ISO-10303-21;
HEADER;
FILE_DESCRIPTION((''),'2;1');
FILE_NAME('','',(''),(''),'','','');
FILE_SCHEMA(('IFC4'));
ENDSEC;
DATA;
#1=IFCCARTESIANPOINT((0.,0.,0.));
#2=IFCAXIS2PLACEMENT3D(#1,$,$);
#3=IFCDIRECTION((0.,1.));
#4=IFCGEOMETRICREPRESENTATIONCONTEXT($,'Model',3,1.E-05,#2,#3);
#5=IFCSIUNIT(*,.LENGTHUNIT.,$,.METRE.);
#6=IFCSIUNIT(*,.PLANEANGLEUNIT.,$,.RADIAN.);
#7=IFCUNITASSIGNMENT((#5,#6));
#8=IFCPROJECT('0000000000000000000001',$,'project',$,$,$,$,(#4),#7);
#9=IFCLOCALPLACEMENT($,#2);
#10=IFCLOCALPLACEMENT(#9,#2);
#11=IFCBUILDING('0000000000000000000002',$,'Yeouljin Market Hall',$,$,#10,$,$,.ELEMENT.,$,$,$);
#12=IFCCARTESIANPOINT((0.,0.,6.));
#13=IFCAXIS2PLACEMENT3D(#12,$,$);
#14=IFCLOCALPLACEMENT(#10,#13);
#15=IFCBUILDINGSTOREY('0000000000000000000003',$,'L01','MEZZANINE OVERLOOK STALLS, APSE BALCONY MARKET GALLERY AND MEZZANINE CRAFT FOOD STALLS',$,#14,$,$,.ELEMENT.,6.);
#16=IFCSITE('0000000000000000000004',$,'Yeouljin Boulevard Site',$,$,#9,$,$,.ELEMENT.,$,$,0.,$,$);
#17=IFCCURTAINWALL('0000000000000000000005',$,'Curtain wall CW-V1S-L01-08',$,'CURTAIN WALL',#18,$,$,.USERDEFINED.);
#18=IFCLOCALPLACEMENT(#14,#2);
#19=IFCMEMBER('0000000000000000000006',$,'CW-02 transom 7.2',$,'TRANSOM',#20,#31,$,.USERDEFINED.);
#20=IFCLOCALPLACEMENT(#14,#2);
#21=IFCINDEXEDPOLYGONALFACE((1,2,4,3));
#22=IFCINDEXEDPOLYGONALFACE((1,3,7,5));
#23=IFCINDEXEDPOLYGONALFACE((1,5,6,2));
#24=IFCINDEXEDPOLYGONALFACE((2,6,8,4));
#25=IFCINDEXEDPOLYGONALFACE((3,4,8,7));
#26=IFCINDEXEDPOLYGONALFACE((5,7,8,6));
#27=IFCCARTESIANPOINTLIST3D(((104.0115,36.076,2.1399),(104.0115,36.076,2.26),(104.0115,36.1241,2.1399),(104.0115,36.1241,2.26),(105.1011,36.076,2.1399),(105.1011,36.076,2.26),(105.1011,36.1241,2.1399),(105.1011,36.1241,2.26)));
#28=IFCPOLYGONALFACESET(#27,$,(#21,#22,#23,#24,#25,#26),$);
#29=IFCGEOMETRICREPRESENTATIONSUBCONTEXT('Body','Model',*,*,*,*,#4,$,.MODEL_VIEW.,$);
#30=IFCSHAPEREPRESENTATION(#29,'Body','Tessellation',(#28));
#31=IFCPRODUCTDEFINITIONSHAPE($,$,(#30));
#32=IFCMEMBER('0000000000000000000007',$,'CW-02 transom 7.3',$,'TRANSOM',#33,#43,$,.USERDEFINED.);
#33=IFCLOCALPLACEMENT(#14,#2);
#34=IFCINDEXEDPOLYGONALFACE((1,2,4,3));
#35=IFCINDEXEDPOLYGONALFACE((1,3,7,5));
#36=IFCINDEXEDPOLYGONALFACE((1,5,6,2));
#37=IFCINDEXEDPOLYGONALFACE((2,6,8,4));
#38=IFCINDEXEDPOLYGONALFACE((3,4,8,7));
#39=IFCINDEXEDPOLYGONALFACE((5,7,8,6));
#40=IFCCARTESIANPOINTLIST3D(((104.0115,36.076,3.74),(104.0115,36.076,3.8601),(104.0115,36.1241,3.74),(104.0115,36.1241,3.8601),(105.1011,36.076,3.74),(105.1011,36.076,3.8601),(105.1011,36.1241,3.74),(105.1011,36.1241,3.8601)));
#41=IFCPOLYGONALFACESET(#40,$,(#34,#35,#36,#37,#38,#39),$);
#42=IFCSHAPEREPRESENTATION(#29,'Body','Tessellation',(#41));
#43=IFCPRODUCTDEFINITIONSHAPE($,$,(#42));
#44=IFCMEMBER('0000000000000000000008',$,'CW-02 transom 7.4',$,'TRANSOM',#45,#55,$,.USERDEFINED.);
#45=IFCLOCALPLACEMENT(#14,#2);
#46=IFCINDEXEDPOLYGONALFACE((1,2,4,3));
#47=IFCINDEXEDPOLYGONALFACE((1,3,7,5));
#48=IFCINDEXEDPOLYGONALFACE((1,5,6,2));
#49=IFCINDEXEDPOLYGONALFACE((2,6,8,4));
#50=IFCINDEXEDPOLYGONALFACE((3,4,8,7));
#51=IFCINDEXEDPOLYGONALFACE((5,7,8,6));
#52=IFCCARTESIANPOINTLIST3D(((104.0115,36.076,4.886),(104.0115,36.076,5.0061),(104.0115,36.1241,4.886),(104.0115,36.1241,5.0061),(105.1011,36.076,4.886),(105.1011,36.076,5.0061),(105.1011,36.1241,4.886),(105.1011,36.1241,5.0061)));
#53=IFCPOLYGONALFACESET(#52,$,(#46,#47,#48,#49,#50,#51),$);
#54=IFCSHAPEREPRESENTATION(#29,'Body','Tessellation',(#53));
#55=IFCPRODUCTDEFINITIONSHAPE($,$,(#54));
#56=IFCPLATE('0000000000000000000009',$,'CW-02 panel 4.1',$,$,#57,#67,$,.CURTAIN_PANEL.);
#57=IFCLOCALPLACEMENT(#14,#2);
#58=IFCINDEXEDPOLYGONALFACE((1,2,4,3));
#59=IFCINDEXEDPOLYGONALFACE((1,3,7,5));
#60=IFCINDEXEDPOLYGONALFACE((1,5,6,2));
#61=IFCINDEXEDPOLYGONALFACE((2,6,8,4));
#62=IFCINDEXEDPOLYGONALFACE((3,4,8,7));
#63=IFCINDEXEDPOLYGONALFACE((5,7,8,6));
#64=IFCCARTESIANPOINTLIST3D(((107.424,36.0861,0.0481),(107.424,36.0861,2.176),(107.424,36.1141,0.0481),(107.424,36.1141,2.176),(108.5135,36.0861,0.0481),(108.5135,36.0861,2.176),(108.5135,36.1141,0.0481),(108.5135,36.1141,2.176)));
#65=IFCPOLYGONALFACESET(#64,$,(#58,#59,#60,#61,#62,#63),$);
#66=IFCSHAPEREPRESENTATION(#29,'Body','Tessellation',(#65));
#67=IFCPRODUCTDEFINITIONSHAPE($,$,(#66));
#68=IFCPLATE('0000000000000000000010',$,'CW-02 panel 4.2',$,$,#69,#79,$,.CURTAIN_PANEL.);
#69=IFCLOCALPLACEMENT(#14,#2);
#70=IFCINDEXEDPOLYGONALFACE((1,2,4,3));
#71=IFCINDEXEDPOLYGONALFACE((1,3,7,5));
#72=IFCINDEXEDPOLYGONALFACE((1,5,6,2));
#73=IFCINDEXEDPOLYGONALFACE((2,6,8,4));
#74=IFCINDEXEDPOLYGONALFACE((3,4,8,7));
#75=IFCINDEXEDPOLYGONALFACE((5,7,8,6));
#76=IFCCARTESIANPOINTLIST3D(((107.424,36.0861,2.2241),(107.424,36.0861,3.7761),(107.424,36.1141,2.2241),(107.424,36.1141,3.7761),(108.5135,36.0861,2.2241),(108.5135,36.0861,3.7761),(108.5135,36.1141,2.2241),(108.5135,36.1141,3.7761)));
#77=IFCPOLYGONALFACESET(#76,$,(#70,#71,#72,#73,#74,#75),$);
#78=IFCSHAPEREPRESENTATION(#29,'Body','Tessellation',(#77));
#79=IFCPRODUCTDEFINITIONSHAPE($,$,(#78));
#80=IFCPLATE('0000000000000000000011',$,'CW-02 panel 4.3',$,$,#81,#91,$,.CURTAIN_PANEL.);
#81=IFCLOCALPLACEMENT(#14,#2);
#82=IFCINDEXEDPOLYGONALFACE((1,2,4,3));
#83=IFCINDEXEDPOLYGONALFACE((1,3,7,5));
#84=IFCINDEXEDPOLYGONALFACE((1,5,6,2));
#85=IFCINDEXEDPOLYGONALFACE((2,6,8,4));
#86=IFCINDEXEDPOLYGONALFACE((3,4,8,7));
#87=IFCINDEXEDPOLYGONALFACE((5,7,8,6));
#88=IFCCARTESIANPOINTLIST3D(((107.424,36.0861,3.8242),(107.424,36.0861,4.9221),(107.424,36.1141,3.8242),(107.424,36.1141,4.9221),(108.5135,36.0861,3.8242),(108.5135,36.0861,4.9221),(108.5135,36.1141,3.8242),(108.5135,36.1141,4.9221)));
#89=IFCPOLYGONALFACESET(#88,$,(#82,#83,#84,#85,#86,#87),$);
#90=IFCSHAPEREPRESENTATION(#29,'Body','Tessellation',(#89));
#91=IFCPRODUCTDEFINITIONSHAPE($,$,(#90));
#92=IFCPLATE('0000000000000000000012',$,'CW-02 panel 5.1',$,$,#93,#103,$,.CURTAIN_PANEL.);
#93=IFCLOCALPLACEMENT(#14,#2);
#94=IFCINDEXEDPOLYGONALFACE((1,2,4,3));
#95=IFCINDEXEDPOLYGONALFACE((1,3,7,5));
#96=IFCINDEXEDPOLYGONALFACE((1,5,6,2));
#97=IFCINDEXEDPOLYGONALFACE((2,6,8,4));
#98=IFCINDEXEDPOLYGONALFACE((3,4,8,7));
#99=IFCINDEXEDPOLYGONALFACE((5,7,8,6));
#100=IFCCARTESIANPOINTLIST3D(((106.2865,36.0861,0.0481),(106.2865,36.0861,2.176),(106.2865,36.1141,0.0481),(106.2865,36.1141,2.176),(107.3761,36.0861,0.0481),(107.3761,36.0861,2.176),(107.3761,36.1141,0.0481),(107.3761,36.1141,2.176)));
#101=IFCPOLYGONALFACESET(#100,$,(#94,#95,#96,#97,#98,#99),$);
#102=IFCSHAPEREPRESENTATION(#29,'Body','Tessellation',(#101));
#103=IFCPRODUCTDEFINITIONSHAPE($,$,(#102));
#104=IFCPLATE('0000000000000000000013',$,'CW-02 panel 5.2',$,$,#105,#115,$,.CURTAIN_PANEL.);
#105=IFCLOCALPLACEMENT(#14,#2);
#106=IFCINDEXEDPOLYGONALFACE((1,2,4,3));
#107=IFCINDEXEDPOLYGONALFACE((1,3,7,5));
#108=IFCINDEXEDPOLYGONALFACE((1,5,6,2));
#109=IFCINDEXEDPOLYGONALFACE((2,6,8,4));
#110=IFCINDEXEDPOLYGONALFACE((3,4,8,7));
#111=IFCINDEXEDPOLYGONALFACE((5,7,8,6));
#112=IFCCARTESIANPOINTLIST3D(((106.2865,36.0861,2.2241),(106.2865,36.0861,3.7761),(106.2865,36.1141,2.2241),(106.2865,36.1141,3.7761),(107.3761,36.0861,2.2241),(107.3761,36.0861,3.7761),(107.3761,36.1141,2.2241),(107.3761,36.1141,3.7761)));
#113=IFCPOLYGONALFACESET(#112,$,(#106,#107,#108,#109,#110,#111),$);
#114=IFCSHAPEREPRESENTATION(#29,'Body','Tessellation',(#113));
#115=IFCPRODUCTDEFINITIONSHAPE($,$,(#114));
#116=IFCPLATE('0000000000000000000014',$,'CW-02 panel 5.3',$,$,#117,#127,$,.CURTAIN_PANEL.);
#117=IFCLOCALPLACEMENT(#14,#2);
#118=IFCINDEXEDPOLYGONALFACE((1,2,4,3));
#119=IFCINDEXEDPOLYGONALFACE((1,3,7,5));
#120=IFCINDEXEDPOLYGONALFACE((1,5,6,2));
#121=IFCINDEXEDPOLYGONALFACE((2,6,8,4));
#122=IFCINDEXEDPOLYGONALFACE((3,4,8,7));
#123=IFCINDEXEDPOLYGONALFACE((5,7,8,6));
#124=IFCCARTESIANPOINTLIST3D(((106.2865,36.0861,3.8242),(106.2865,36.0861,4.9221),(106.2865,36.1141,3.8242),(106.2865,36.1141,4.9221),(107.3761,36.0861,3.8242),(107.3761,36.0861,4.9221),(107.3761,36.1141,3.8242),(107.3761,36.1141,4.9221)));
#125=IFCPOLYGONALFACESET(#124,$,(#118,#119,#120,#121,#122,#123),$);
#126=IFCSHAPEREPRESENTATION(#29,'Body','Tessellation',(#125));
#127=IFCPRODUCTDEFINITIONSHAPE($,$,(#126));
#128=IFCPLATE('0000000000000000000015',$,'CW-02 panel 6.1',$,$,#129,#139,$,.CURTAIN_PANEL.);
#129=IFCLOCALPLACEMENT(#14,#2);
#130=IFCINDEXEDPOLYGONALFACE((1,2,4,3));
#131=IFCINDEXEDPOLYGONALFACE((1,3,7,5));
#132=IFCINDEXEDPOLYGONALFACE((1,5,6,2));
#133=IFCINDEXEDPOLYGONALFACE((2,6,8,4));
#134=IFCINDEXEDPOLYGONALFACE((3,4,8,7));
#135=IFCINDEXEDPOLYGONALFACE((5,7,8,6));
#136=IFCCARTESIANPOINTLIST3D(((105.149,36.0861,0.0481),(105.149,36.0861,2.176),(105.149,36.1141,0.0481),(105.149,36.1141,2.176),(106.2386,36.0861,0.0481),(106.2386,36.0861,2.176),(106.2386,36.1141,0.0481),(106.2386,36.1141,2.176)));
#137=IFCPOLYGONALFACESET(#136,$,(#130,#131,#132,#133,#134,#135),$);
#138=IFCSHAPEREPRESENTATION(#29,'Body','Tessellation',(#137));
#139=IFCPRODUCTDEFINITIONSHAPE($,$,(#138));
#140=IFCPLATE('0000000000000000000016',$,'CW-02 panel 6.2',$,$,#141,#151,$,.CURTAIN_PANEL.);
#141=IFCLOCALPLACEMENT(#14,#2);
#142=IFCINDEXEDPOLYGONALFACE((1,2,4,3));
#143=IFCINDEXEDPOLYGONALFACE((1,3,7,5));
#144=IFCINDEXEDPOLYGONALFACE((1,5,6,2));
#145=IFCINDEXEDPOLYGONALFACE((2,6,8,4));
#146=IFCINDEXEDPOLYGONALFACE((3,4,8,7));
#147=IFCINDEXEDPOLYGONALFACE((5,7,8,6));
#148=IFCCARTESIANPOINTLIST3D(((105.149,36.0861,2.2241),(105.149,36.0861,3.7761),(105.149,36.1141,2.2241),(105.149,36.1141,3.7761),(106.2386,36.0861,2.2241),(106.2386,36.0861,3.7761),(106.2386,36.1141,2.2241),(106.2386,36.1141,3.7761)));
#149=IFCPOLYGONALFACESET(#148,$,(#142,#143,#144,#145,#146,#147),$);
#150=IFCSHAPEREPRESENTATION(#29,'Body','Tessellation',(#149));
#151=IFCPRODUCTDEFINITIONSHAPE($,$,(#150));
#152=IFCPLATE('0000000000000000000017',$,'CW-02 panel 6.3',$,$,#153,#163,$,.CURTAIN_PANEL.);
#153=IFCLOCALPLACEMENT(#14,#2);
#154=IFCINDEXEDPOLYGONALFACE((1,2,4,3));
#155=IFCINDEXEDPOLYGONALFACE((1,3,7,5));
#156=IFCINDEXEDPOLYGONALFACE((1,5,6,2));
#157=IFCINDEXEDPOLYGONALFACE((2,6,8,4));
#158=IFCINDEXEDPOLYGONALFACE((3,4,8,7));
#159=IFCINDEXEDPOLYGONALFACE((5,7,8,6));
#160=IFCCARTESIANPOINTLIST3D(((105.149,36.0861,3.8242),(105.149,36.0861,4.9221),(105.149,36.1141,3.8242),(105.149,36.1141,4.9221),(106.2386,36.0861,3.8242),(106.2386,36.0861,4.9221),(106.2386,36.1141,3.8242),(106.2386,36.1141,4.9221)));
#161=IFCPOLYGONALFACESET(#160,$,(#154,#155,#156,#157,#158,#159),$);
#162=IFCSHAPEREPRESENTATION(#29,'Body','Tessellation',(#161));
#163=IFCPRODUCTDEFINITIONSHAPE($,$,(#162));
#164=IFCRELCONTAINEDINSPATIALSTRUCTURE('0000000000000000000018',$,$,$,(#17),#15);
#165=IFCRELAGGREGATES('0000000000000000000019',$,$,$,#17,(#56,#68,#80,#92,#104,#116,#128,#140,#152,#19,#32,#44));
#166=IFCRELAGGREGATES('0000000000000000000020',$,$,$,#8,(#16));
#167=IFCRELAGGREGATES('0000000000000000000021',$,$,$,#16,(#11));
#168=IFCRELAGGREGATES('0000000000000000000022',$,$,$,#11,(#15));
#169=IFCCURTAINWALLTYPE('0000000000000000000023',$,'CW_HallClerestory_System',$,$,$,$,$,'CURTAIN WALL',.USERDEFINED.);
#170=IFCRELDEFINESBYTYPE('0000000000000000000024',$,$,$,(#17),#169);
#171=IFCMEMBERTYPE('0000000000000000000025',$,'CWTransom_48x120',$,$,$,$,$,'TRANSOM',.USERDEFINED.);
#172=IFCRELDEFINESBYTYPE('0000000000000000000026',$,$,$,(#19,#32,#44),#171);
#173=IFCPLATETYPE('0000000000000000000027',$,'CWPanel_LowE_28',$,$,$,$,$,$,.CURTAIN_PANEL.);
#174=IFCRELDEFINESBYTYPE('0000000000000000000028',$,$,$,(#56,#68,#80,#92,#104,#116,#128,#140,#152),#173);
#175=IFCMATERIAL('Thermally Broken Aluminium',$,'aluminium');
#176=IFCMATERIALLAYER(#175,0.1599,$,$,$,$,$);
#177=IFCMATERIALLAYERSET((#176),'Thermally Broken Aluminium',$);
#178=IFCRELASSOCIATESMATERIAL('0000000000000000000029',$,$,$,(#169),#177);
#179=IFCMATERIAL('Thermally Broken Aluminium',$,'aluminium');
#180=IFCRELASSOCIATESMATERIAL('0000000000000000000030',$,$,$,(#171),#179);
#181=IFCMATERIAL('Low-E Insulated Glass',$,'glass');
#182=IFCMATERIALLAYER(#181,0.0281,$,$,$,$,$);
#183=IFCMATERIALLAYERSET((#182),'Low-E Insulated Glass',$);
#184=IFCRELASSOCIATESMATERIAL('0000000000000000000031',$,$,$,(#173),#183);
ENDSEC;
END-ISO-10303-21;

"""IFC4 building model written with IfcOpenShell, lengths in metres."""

from ifc_helpers import new_model, si_unit, direction, frame, origin, origin_2d, place, context, subcontext, project, spatial, rectangle, extrude, material, layer, layer_set, material_profile, profile_set, type_object, element, aggregate, save


model = new_model("IFC4")

# Units and contexts
model_context = context("Model", 3, precision=1e-05, world=origin(), true_north=direction((0.0, 1.0)))
body_context = subcontext(model_context, "Body", "Model", "MODEL_VIEW")
ifc_project = project(units=[si_unit("LENGTHUNIT", "METRE"), si_unit("PLANEANGLEUNIT", "RADIAN")], contexts=[model_context])

# Site, building, storey
site_placement = place(None, origin())
site = spatial("IfcSite", under=ifc_project, at=site_placement, Name="Yeouljin Boulevard Site", CompositionType="ELEMENT", RefElevation=0.0)
building_placement = place(site_placement, origin())
building = spatial("IfcBuilding", under=site, at=building_placement, Name="Yeouljin Market Hall", CompositionType="ELEMENT")
storey_placement = place(building_placement, frame((0.0, 0.0, 6.0)))
storey = spatial("IfcBuildingStorey", under=building, at=storey_placement, Name="L01", Description="MEZZANINE OVERLOOK STALLS, APSE BALCONY MARKET GALLERY AND MEZZANINE CRAFT FOOD STALLS", CompositionType="ELEMENT", Elevation=6.0)

# Curtain wall, members, plates
ifc_material_1 = material(Name="Thermally Broken Aluminium", Category="aluminium")
ifc_layer_1 = layer(ifc_material_1, 0.1599)
ifc_layer_set_1 = layer_set([ifc_layer_1], Name="Thermally Broken Aluminium")
curtain_wall_type = type_object("IfcCurtainWallType", Name="CW_HallClerestory_System", ElementType="CURTAIN WALL", PredefinedType="USERDEFINED", material=ifc_layer_set_1)
curtain_wall_placement = place(storey_placement, origin())
curtain_wall = element("IfcCurtainWall", 1, at=curtain_wall_placement, inside=storey, type_object=curtain_wall_type, Name="Curtain wall CW-V1S-L01-08", ObjectType="CURTAIN WALL", PredefinedType="USERDEFINED")
ifc_material_2 = material(Name="Thermally Broken Aluminium", Category="aluminium")
ifc_material_profile_1 = material_profile(ifc_material_2, rectangle(XDim=0.0481, YDim=0.1201, at=origin_2d()), Name="CW-TRAN-48x120")
ifc_profile_set_1 = profile_set([ifc_material_profile_1], Name="Thermally Broken Aluminium")
member_type_1 = type_object("IfcMemberType", Name="CWTransom_48x120", ElementType="TRANSOM", PredefinedType="USERDEFINED", material=ifc_profile_set_1)
member_1_placement = place(storey_placement, frame((105.1011, 36.1001, 2.2), z_axis=(-1.0, 0.0, 0.0), x_axis=(0.0, -1.0, 0.0)))
member_1 = element("IfcMember", 2, at=member_1_placement, type_object=member_type_1, Name="CW-02 transom 7.2", ObjectType="TRANSOM", PredefinedType="USERDEFINED", context=body_context, shape_type="SweptSolid", body=[
    extrude(rectangle(XDim=0.0481, YDim=0.1201, at=origin_2d()), origin(), (0.0, 0.0, 1.0), 1.0896),
])
member_2_placement = place(storey_placement, frame((105.1011, 36.1001, 3.8), z_axis=(-1.0, 0.0, 0.0), x_axis=(0.0, -1.0, 0.0)))
member_2 = element("IfcMember", 3, at=member_2_placement, type_object=member_type_1, Name="CW-02 transom 7.3", ObjectType="TRANSOM", PredefinedType="USERDEFINED", context=body_context, shape_type="SweptSolid", body=[
    extrude(rectangle(XDim=0.0481, YDim=0.1201, at=origin_2d()), origin(), (0.0, 0.0, 1.0), 1.0896),
])
member_3_placement = place(storey_placement, frame((105.1011, 36.1001, 4.946), z_axis=(-1.0, 0.0, 0.0), x_axis=(0.0, -1.0, 0.0)))
member_3 = element("IfcMember", 4, at=member_3_placement, type_object=member_type_1, Name="CW-02 transom 7.4", ObjectType="TRANSOM", PredefinedType="USERDEFINED", context=body_context, shape_type="SweptSolid", body=[
    extrude(rectangle(XDim=0.0481, YDim=0.1201, at=origin_2d()), origin(), (0.0, 0.0, 1.0), 1.0896),
])
ifc_material_3 = material(Name="Low-E Insulated Glass", Category="glass")
ifc_layer_2 = layer(ifc_material_3, 0.0281)
ifc_layer_set_2 = layer_set([ifc_layer_2], Name="Low-E Insulated Glass")
plate_type = type_object("IfcPlateType", Name="CWPanel_LowE_28", PredefinedType="CURTAIN_PANEL", material=ifc_layer_set_2)
plate_1_placement = place(storey_placement, frame((107.9688, 36.1001, 0.0481), z_axis=(0.0, 0.0, 1.0), x_axis=(-1.0, 0.0, 0.0)))
plate_1 = element("IfcPlate", 5, at=plate_1_placement, type_object=plate_type, Name="CW-02 panel 4.1", PredefinedType="CURTAIN_PANEL", context=body_context, shape_type="SweptSolid", body=[
    extrude(rectangle(XDim=1.0896, YDim=0.0281, at=origin_2d()), origin(), (0.0, 0.0, 1.0), 2.1279),
])
plate_2_placement = place(storey_placement, frame((107.9688, 36.1001, 2.2241), z_axis=(0.0, 0.0, 1.0), x_axis=(-1.0, 0.0, 0.0)))
plate_2 = element("IfcPlate", 6, at=plate_2_placement, type_object=plate_type, Name="CW-02 panel 4.2", PredefinedType="CURTAIN_PANEL", context=body_context, shape_type="SweptSolid", body=[
    extrude(rectangle(XDim=1.0896, YDim=0.0281, at=origin_2d()), origin(), (0.0, 0.0, 1.0), 1.552),
])
plate_3_placement = place(storey_placement, frame((107.9688, 36.1001, 3.8242), z_axis=(0.0, 0.0, 1.0), x_axis=(-1.0, 0.0, 0.0)))
plate_3 = element("IfcPlate", 7, at=plate_3_placement, type_object=plate_type, Name="CW-02 panel 4.3", PredefinedType="CURTAIN_PANEL", context=body_context, shape_type="SweptSolid", body=[
    extrude(rectangle(XDim=1.0896, YDim=0.0281, at=origin_2d()), origin(), (0.0, 0.0, 1.0), 1.0979),
])
plate_4_placement = place(storey_placement, frame((106.8313, 36.1001, 0.0481), z_axis=(0.0, 0.0, 1.0), x_axis=(-1.0, 0.0, 0.0)))
plate_4 = element("IfcPlate", 8, at=plate_4_placement, type_object=plate_type, Name="CW-02 panel 5.1", PredefinedType="CURTAIN_PANEL", context=body_context, shape_type="SweptSolid", body=[
    extrude(rectangle(XDim=1.0896, YDim=0.0281, at=origin_2d()), origin(), (0.0, 0.0, 1.0), 2.1279),
])
plate_5_placement = place(storey_placement, frame((106.8313, 36.1001, 2.2241), z_axis=(0.0, 0.0, 1.0), x_axis=(-1.0, 0.0, 0.0)))
plate_5 = element("IfcPlate", 9, at=plate_5_placement, type_object=plate_type, Name="CW-02 panel 5.2", PredefinedType="CURTAIN_PANEL", context=body_context, shape_type="SweptSolid", body=[
    extrude(rectangle(XDim=1.0896, YDim=0.0281, at=origin_2d()), origin(), (0.0, 0.0, 1.0), 1.552),
])
plate_6_placement = place(storey_placement, frame((106.8313, 36.1001, 3.8242), z_axis=(0.0, 0.0, 1.0), x_axis=(-1.0, 0.0, 0.0)))
plate_6 = element("IfcPlate", 10, at=plate_6_placement, type_object=plate_type, Name="CW-02 panel 5.3", PredefinedType="CURTAIN_PANEL", context=body_context, shape_type="SweptSolid", body=[
    extrude(rectangle(XDim=1.0896, YDim=0.0281, at=origin_2d()), origin(), (0.0, 0.0, 1.0), 1.0979),
])
plate_7_placement = place(storey_placement, frame((105.6938, 36.1001, 0.0481), z_axis=(0.0, 0.0, 1.0), x_axis=(-1.0, 0.0, 0.0)))
plate_7 = element("IfcPlate", 11, at=plate_7_placement, type_object=plate_type, Name="CW-02 panel 6.1", PredefinedType="CURTAIN_PANEL", context=body_context, shape_type="SweptSolid", body=[
    extrude(rectangle(XDim=1.0896, YDim=0.0281, at=origin_2d()), origin(), (0.0, 0.0, 1.0), 2.1279),
])
plate_8_placement = place(storey_placement, frame((105.6938, 36.1001, 2.2241), z_axis=(0.0, 0.0, 1.0), x_axis=(-1.0, 0.0, 0.0)))
plate_8 = element("IfcPlate", 12, at=plate_8_placement, type_object=plate_type, Name="CW-02 panel 6.2", PredefinedType="CURTAIN_PANEL", context=body_context, shape_type="SweptSolid", body=[
    extrude(rectangle(XDim=1.0896, YDim=0.0281, at=origin_2d()), origin(), (0.0, 0.0, 1.0), 1.552),
])
plate_9_placement = place(storey_placement, frame((105.6938, 36.1001, 3.8242), z_axis=(0.0, 0.0, 1.0), x_axis=(-1.0, 0.0, 0.0)))
plate_9 = element("IfcPlate", 13, at=plate_9_placement, type_object=plate_type, Name="CW-02 panel 6.3", PredefinedType="CURTAIN_PANEL", context=body_context, shape_type="SweptSolid", body=[
    extrude(rectangle(XDim=1.0896, YDim=0.0281, at=origin_2d()), origin(), (0.0, 0.0, 1.0), 1.0979),
])
aggregate(curtain_wall, [plate_1, plate_2, plate_3, plate_4, plate_5, plate_6, plate_7, plate_8, plate_9, member_1, member_2, member_3])

save(model, "model.ifc")
